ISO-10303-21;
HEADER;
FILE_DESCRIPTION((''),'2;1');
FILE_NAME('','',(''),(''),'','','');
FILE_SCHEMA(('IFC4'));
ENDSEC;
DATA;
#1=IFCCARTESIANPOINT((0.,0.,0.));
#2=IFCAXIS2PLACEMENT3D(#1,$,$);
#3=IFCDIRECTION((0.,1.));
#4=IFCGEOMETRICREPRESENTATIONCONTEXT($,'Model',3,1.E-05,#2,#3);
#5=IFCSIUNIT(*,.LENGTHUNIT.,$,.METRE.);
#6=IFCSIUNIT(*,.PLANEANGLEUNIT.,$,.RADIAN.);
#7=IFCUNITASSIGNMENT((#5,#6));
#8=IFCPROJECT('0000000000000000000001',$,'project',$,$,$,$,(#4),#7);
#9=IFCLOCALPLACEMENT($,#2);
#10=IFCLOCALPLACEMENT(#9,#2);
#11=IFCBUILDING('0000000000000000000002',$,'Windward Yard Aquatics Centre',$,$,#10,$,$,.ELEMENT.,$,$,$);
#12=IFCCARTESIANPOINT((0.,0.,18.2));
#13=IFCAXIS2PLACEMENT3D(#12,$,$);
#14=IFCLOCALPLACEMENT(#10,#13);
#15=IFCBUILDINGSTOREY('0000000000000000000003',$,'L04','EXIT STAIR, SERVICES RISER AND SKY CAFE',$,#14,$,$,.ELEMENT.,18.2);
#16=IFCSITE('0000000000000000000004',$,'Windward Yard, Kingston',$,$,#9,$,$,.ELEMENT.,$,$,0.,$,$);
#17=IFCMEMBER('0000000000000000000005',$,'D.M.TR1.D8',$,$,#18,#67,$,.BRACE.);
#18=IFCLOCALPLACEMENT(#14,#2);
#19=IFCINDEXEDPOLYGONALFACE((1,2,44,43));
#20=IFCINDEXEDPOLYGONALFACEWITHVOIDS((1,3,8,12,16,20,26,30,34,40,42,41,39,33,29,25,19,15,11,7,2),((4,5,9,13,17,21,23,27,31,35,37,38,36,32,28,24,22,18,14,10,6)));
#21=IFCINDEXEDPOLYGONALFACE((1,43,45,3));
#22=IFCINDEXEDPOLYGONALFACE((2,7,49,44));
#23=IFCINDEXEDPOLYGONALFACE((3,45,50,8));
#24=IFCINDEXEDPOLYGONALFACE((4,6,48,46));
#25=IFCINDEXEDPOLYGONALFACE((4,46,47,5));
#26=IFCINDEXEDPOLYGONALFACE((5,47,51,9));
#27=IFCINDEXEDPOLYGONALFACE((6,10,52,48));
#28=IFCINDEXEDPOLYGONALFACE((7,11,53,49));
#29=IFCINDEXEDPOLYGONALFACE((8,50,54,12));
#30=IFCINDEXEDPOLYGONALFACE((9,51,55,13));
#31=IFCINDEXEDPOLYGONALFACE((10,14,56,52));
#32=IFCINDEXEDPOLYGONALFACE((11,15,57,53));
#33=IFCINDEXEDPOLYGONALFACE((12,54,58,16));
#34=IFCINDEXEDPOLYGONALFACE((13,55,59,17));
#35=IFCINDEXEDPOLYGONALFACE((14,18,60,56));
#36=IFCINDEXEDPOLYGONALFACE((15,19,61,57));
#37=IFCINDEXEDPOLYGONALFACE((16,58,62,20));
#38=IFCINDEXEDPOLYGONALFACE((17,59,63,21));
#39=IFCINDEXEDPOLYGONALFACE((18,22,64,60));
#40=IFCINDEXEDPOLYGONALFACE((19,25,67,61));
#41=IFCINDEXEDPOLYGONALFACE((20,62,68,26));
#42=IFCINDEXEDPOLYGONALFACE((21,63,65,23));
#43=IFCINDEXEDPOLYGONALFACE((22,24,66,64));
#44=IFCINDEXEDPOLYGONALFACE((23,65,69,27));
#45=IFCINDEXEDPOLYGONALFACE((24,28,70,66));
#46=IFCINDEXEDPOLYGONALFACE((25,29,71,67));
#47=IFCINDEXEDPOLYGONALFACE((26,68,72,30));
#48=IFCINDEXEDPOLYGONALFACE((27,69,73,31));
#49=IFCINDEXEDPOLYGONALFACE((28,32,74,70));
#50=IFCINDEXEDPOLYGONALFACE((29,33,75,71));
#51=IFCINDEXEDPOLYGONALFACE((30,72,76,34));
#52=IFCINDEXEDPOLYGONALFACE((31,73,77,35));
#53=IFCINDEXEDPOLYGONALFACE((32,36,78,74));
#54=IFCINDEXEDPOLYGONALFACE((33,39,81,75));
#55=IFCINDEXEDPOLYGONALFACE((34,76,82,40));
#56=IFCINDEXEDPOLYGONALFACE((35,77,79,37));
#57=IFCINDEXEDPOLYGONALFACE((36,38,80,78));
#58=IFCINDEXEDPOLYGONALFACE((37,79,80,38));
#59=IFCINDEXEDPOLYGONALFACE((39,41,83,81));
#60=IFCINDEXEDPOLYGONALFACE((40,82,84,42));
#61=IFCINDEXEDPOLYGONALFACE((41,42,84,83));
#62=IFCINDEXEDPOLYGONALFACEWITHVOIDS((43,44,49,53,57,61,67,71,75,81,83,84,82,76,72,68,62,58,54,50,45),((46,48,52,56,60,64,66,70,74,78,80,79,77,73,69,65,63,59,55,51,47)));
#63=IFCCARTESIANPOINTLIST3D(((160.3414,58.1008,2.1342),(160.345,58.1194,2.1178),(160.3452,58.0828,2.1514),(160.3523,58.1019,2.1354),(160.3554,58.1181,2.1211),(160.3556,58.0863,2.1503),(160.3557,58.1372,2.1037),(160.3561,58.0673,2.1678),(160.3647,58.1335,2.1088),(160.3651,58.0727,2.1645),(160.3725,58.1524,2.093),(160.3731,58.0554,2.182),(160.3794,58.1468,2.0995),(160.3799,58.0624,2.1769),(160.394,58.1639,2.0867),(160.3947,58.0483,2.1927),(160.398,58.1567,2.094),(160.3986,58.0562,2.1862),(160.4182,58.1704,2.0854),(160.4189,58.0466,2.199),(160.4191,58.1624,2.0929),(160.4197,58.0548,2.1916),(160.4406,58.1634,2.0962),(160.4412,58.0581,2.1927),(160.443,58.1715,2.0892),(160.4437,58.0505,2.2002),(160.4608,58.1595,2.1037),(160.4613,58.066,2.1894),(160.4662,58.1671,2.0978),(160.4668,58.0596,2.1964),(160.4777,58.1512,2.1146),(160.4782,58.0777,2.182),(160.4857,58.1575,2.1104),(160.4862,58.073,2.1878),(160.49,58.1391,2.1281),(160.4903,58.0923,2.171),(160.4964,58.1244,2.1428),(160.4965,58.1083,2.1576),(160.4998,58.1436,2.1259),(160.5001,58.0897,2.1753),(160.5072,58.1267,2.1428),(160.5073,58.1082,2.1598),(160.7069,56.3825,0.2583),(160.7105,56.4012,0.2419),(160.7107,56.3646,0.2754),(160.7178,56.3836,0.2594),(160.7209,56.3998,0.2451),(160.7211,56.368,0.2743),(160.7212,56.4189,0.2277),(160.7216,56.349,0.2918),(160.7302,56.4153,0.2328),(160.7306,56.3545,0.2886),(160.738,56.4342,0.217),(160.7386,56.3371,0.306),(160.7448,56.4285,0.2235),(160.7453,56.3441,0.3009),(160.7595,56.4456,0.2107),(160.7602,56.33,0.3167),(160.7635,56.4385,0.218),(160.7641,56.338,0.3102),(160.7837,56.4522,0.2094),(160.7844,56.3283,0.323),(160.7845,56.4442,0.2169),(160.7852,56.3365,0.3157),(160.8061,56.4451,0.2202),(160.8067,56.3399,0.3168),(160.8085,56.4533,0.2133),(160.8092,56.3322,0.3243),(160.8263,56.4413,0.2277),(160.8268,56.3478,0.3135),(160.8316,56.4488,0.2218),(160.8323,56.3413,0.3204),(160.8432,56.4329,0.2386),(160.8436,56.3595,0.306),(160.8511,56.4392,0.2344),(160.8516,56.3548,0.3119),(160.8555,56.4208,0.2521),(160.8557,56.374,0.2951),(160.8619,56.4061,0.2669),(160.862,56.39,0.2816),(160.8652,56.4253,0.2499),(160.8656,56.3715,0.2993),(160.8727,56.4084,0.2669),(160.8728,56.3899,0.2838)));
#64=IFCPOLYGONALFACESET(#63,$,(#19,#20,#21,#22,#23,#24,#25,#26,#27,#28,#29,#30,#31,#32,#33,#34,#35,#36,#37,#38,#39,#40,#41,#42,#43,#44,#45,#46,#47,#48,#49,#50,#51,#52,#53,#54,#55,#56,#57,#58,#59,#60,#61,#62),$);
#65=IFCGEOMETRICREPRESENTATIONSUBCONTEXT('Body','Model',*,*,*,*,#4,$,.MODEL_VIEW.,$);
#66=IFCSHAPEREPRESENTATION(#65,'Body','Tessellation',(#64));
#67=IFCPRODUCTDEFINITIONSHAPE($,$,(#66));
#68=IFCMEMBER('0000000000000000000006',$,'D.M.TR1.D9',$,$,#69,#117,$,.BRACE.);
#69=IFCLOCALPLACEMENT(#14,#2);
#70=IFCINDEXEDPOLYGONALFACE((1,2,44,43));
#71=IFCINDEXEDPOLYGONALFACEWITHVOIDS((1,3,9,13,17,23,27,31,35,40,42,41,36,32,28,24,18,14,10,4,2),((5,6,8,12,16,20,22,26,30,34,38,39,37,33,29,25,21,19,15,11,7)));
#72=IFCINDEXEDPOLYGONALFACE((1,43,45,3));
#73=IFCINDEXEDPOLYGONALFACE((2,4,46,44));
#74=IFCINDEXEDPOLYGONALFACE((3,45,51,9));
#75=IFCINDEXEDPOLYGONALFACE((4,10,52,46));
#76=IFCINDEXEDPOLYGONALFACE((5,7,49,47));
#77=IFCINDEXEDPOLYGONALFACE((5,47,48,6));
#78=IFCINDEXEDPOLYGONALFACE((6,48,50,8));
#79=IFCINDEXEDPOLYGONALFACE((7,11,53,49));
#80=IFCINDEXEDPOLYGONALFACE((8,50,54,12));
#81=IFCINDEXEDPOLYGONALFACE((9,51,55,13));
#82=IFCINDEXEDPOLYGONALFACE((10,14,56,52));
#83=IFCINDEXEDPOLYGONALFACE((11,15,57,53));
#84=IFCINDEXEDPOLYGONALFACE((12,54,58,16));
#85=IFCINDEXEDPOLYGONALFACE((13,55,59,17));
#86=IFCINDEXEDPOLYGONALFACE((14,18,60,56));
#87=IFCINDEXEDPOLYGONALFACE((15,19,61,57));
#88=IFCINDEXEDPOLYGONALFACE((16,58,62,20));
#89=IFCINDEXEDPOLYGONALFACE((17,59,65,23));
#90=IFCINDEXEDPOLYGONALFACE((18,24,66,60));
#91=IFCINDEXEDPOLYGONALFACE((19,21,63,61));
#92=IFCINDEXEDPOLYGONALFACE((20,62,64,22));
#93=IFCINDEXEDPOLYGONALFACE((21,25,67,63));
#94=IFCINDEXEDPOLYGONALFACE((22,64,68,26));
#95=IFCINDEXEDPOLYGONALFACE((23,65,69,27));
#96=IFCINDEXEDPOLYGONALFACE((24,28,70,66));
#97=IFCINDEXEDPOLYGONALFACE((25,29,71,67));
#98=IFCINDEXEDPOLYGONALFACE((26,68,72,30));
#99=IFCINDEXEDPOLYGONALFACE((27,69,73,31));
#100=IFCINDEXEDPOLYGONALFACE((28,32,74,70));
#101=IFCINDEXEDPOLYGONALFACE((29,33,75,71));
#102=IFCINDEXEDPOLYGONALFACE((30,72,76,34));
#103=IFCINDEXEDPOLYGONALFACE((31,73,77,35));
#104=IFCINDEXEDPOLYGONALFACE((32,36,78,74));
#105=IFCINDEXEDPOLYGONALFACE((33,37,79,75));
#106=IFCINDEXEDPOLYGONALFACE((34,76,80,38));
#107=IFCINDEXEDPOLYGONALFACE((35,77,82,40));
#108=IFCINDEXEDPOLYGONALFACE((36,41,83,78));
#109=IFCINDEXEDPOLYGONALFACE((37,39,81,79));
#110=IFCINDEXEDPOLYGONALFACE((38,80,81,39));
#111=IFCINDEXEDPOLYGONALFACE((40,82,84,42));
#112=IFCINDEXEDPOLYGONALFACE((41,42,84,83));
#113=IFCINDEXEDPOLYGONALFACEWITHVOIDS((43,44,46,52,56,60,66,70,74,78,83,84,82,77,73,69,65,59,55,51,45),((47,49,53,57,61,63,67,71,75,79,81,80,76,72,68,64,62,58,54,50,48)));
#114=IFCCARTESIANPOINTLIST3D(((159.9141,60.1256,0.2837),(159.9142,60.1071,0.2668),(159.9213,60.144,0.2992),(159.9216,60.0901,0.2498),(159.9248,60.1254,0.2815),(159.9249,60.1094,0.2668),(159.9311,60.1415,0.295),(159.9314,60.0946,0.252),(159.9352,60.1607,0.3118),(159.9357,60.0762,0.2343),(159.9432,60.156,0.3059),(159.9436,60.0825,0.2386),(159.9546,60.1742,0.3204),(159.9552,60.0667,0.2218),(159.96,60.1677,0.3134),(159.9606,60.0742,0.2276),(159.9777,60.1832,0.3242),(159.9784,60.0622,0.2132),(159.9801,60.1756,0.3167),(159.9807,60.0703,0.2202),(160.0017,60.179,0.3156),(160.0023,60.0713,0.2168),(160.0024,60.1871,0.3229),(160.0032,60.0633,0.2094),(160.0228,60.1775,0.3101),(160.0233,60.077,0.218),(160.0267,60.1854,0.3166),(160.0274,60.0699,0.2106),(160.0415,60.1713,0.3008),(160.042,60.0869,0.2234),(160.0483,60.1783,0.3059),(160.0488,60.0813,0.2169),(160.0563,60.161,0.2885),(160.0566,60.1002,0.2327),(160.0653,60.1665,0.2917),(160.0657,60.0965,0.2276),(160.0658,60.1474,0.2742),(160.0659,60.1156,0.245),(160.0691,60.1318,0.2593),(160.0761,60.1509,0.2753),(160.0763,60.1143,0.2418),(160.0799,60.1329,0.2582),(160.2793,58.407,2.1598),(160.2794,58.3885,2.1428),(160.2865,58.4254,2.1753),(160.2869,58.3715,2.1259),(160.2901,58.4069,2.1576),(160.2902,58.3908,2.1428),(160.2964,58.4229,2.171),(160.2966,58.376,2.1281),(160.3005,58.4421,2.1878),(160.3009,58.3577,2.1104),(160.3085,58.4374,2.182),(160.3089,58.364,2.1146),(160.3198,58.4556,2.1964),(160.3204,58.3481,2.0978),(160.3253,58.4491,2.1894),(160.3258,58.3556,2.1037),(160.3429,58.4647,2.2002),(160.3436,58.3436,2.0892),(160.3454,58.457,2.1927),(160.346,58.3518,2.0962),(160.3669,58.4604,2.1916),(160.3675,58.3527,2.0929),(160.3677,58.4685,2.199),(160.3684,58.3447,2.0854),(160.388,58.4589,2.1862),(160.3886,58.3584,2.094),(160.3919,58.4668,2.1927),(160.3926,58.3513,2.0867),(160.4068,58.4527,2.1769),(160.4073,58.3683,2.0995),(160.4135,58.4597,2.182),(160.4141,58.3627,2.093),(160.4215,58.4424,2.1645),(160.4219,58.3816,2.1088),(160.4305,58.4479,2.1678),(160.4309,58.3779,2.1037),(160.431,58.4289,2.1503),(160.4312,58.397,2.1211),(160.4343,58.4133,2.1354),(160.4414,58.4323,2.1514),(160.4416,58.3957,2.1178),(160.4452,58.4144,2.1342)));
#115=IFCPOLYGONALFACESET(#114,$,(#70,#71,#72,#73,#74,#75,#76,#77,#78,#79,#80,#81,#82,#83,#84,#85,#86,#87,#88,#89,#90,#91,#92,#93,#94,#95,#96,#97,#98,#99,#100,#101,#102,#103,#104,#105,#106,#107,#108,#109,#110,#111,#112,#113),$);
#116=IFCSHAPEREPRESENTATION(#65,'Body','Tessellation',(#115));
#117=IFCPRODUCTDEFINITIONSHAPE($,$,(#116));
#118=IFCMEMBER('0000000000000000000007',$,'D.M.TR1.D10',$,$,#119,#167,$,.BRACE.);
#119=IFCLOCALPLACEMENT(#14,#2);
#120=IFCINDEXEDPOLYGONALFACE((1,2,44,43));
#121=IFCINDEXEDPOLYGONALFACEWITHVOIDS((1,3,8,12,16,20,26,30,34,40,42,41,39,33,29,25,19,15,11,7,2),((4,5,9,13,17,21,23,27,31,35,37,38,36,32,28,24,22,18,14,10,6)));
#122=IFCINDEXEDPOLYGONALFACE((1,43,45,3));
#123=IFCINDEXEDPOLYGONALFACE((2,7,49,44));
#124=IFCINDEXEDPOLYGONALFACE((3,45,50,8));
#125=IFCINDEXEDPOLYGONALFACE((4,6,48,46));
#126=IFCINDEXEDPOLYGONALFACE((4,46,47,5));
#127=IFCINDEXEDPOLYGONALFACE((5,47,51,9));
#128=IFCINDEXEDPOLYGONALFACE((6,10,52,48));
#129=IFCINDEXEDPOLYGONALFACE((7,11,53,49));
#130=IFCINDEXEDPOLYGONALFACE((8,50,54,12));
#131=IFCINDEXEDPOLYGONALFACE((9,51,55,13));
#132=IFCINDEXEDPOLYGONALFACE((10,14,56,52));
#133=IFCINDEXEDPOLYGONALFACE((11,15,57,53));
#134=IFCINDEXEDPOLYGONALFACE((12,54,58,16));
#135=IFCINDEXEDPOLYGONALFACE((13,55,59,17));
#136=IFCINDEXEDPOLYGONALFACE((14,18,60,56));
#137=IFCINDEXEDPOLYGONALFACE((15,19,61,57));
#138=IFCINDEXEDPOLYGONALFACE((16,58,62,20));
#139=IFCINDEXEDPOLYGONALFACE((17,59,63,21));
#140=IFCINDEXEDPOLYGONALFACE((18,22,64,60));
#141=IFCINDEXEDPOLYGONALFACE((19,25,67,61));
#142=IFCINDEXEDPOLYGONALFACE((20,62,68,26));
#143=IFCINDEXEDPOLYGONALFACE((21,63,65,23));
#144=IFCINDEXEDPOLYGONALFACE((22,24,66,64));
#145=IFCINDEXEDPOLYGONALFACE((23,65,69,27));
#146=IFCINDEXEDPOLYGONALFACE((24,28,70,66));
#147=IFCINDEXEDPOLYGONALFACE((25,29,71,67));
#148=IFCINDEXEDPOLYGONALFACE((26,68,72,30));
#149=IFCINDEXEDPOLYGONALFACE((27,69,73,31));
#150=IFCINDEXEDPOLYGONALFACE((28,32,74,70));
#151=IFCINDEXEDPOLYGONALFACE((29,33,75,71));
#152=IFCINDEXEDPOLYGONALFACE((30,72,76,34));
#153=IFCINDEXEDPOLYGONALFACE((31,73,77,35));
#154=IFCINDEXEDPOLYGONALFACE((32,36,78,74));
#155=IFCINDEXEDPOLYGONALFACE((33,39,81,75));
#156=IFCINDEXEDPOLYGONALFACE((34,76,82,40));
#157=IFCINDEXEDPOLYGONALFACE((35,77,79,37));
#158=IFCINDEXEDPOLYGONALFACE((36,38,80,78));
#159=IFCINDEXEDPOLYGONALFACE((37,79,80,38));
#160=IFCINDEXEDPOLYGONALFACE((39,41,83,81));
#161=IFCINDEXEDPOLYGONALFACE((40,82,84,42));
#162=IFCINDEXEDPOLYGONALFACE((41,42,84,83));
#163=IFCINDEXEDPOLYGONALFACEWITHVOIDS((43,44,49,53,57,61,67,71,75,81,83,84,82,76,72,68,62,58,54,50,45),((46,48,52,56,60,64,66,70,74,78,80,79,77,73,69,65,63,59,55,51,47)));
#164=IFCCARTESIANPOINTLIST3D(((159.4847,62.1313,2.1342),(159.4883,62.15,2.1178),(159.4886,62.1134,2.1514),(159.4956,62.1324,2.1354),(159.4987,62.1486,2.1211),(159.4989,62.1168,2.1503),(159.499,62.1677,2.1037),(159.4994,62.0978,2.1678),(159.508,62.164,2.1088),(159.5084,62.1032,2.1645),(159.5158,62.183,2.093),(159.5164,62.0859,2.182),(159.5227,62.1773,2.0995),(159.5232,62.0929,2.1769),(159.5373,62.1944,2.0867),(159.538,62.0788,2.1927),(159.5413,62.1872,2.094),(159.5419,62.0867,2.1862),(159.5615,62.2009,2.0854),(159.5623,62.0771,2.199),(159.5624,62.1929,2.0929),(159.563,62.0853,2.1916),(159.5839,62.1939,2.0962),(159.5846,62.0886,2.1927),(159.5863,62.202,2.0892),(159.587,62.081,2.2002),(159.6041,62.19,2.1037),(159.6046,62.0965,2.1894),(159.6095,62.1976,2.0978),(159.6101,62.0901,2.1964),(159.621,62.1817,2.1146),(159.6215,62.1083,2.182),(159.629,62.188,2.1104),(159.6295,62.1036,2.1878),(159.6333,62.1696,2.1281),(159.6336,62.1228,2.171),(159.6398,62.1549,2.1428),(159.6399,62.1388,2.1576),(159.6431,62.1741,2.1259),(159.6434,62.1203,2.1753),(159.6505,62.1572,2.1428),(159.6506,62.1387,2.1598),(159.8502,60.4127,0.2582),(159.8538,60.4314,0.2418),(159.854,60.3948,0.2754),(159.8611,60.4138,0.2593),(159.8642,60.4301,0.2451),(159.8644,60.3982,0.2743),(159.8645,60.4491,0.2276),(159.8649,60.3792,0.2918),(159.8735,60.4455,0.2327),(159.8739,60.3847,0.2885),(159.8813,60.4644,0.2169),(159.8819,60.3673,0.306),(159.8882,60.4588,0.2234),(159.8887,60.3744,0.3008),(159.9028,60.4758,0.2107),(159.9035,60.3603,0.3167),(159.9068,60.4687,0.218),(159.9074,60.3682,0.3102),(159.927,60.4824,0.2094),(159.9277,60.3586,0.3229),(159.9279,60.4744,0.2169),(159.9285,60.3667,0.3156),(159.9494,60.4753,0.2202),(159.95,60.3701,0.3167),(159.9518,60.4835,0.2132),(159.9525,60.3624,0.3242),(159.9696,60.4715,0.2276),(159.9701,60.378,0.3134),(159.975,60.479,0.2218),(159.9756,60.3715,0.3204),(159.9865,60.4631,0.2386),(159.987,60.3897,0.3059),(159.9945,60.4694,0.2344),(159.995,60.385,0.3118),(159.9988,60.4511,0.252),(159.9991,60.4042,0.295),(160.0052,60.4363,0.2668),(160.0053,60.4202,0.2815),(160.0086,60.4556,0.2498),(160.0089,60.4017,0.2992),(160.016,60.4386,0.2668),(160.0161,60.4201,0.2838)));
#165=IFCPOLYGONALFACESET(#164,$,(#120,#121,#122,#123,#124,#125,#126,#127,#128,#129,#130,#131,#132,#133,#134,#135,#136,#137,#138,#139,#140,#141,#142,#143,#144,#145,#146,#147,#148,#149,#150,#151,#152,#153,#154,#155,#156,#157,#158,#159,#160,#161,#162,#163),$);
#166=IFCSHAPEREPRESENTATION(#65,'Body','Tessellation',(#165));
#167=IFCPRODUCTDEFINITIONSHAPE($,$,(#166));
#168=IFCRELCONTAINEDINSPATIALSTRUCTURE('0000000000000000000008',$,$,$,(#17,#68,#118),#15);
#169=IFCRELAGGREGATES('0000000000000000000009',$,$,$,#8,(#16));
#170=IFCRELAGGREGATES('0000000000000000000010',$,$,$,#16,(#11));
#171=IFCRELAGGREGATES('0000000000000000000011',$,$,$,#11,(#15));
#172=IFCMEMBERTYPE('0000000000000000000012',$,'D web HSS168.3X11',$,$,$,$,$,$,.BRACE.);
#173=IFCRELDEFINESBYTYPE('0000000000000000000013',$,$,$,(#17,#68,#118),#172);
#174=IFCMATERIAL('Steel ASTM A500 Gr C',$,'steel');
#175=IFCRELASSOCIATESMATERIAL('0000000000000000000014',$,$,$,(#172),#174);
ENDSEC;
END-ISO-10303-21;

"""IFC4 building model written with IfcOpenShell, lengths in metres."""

from ifc_helpers import new_model, si_unit, direction, frame, origin, origin_2d, place, context, subcontext, project, spatial, hollow_circle, extrude, material, material_profile, profile_set, type_object, element, save


model = new_model("IFC4")

# Units and contexts
model_context = context("Model", 3, precision=1e-05, world=origin(), true_north=direction((0.0, 1.0)))
body_context = subcontext(model_context, "Body", "Model", "MODEL_VIEW")
ifc_project = project(units=[si_unit("LENGTHUNIT", "METRE"), si_unit("PLANEANGLEUNIT", "RADIAN")], contexts=[model_context])

# Site, building, storey
site_placement = place(None, origin())
site = spatial("IfcSite", under=ifc_project, at=site_placement, Name="Windward Yard, Kingston", CompositionType="ELEMENT", RefElevation=0.0)
building_placement = place(site_placement, origin())
building = spatial("IfcBuilding", under=site, at=building_placement, Name="Windward Yard Aquatics Centre", CompositionType="ELEMENT")
storey_placement = place(building_placement, frame((0.0, 0.0, 18.2)))
storey = spatial("IfcBuildingStorey", under=building, at=storey_placement, Name="L04", Description="EXIT STAIR, SERVICES RISER AND SKY CAFE", CompositionType="ELEMENT", Elevation=18.2)

# Members
ifc_material_1 = material(Name="Steel ASTM A500 Gr C", Category="steel")
ifc_material_profile_1 = material_profile(ifc_material_1, hollow_circle(Radius=0.0842, WallThickness=0.011, at=origin_2d()), Name="HSS168.3X11")
ifc_profile_set_1 = profile_set([ifc_material_profile_1], Name="Steel ASTM A500 Gr C")
member_type_1 = type_object("IfcMemberType", Name="D web HSS168.3X11", PredefinedType="BRACE", material=ifc_profile_set_1)
member_1_placement = place(storey_placement, frame((160.4248, 58.1091, 2.1428), z_axis=(0.142205, -0.668565, -0.729931), x_axis=(0.978119, 0.208048, 0.0)))
element("IfcMember", 1, at=member_1_placement, inside=storey, type_object=member_type_1, Name="D.M.TR1.D8", PredefinedType="BRACE", context=body_context, shape_type="SweptSolid", body=[
    extrude(hollow_circle(Radius=0.0842, WallThickness=0.011, at=origin_2d()), origin(), (0.0, 0.0, 1.0), 2.5701),
])
for number, where, z_axis, x_axis, name in (
    (2, (160.3618, 58.406, 2.1428), (-0.142103, 0.668626, -0.729894), (-0.978153, -0.207887, 0.0), "D.M.TR1.D9"),
    (3, (159.5681, 62.1396, 2.1428), (0.142196, -0.668617, -0.729884), (0.978125, 0.20802, 0.0), "D.M.TR1.D10"),
):
    element("IfcMember", number, at=place(storey_placement, frame(where, z_axis=z_axis, x_axis=x_axis)), inside=storey, type_object=member_type_1, Name=name, PredefinedType="BRACE", context=body_context, shape_type="SweptSolid", body=[
        extrude(hollow_circle(Radius=0.0842, WallThickness=0.011, at=origin_2d()), origin(), (0.0, 0.0, 1.0), 2.5703),
    ])

save(model, "model.ifc")
